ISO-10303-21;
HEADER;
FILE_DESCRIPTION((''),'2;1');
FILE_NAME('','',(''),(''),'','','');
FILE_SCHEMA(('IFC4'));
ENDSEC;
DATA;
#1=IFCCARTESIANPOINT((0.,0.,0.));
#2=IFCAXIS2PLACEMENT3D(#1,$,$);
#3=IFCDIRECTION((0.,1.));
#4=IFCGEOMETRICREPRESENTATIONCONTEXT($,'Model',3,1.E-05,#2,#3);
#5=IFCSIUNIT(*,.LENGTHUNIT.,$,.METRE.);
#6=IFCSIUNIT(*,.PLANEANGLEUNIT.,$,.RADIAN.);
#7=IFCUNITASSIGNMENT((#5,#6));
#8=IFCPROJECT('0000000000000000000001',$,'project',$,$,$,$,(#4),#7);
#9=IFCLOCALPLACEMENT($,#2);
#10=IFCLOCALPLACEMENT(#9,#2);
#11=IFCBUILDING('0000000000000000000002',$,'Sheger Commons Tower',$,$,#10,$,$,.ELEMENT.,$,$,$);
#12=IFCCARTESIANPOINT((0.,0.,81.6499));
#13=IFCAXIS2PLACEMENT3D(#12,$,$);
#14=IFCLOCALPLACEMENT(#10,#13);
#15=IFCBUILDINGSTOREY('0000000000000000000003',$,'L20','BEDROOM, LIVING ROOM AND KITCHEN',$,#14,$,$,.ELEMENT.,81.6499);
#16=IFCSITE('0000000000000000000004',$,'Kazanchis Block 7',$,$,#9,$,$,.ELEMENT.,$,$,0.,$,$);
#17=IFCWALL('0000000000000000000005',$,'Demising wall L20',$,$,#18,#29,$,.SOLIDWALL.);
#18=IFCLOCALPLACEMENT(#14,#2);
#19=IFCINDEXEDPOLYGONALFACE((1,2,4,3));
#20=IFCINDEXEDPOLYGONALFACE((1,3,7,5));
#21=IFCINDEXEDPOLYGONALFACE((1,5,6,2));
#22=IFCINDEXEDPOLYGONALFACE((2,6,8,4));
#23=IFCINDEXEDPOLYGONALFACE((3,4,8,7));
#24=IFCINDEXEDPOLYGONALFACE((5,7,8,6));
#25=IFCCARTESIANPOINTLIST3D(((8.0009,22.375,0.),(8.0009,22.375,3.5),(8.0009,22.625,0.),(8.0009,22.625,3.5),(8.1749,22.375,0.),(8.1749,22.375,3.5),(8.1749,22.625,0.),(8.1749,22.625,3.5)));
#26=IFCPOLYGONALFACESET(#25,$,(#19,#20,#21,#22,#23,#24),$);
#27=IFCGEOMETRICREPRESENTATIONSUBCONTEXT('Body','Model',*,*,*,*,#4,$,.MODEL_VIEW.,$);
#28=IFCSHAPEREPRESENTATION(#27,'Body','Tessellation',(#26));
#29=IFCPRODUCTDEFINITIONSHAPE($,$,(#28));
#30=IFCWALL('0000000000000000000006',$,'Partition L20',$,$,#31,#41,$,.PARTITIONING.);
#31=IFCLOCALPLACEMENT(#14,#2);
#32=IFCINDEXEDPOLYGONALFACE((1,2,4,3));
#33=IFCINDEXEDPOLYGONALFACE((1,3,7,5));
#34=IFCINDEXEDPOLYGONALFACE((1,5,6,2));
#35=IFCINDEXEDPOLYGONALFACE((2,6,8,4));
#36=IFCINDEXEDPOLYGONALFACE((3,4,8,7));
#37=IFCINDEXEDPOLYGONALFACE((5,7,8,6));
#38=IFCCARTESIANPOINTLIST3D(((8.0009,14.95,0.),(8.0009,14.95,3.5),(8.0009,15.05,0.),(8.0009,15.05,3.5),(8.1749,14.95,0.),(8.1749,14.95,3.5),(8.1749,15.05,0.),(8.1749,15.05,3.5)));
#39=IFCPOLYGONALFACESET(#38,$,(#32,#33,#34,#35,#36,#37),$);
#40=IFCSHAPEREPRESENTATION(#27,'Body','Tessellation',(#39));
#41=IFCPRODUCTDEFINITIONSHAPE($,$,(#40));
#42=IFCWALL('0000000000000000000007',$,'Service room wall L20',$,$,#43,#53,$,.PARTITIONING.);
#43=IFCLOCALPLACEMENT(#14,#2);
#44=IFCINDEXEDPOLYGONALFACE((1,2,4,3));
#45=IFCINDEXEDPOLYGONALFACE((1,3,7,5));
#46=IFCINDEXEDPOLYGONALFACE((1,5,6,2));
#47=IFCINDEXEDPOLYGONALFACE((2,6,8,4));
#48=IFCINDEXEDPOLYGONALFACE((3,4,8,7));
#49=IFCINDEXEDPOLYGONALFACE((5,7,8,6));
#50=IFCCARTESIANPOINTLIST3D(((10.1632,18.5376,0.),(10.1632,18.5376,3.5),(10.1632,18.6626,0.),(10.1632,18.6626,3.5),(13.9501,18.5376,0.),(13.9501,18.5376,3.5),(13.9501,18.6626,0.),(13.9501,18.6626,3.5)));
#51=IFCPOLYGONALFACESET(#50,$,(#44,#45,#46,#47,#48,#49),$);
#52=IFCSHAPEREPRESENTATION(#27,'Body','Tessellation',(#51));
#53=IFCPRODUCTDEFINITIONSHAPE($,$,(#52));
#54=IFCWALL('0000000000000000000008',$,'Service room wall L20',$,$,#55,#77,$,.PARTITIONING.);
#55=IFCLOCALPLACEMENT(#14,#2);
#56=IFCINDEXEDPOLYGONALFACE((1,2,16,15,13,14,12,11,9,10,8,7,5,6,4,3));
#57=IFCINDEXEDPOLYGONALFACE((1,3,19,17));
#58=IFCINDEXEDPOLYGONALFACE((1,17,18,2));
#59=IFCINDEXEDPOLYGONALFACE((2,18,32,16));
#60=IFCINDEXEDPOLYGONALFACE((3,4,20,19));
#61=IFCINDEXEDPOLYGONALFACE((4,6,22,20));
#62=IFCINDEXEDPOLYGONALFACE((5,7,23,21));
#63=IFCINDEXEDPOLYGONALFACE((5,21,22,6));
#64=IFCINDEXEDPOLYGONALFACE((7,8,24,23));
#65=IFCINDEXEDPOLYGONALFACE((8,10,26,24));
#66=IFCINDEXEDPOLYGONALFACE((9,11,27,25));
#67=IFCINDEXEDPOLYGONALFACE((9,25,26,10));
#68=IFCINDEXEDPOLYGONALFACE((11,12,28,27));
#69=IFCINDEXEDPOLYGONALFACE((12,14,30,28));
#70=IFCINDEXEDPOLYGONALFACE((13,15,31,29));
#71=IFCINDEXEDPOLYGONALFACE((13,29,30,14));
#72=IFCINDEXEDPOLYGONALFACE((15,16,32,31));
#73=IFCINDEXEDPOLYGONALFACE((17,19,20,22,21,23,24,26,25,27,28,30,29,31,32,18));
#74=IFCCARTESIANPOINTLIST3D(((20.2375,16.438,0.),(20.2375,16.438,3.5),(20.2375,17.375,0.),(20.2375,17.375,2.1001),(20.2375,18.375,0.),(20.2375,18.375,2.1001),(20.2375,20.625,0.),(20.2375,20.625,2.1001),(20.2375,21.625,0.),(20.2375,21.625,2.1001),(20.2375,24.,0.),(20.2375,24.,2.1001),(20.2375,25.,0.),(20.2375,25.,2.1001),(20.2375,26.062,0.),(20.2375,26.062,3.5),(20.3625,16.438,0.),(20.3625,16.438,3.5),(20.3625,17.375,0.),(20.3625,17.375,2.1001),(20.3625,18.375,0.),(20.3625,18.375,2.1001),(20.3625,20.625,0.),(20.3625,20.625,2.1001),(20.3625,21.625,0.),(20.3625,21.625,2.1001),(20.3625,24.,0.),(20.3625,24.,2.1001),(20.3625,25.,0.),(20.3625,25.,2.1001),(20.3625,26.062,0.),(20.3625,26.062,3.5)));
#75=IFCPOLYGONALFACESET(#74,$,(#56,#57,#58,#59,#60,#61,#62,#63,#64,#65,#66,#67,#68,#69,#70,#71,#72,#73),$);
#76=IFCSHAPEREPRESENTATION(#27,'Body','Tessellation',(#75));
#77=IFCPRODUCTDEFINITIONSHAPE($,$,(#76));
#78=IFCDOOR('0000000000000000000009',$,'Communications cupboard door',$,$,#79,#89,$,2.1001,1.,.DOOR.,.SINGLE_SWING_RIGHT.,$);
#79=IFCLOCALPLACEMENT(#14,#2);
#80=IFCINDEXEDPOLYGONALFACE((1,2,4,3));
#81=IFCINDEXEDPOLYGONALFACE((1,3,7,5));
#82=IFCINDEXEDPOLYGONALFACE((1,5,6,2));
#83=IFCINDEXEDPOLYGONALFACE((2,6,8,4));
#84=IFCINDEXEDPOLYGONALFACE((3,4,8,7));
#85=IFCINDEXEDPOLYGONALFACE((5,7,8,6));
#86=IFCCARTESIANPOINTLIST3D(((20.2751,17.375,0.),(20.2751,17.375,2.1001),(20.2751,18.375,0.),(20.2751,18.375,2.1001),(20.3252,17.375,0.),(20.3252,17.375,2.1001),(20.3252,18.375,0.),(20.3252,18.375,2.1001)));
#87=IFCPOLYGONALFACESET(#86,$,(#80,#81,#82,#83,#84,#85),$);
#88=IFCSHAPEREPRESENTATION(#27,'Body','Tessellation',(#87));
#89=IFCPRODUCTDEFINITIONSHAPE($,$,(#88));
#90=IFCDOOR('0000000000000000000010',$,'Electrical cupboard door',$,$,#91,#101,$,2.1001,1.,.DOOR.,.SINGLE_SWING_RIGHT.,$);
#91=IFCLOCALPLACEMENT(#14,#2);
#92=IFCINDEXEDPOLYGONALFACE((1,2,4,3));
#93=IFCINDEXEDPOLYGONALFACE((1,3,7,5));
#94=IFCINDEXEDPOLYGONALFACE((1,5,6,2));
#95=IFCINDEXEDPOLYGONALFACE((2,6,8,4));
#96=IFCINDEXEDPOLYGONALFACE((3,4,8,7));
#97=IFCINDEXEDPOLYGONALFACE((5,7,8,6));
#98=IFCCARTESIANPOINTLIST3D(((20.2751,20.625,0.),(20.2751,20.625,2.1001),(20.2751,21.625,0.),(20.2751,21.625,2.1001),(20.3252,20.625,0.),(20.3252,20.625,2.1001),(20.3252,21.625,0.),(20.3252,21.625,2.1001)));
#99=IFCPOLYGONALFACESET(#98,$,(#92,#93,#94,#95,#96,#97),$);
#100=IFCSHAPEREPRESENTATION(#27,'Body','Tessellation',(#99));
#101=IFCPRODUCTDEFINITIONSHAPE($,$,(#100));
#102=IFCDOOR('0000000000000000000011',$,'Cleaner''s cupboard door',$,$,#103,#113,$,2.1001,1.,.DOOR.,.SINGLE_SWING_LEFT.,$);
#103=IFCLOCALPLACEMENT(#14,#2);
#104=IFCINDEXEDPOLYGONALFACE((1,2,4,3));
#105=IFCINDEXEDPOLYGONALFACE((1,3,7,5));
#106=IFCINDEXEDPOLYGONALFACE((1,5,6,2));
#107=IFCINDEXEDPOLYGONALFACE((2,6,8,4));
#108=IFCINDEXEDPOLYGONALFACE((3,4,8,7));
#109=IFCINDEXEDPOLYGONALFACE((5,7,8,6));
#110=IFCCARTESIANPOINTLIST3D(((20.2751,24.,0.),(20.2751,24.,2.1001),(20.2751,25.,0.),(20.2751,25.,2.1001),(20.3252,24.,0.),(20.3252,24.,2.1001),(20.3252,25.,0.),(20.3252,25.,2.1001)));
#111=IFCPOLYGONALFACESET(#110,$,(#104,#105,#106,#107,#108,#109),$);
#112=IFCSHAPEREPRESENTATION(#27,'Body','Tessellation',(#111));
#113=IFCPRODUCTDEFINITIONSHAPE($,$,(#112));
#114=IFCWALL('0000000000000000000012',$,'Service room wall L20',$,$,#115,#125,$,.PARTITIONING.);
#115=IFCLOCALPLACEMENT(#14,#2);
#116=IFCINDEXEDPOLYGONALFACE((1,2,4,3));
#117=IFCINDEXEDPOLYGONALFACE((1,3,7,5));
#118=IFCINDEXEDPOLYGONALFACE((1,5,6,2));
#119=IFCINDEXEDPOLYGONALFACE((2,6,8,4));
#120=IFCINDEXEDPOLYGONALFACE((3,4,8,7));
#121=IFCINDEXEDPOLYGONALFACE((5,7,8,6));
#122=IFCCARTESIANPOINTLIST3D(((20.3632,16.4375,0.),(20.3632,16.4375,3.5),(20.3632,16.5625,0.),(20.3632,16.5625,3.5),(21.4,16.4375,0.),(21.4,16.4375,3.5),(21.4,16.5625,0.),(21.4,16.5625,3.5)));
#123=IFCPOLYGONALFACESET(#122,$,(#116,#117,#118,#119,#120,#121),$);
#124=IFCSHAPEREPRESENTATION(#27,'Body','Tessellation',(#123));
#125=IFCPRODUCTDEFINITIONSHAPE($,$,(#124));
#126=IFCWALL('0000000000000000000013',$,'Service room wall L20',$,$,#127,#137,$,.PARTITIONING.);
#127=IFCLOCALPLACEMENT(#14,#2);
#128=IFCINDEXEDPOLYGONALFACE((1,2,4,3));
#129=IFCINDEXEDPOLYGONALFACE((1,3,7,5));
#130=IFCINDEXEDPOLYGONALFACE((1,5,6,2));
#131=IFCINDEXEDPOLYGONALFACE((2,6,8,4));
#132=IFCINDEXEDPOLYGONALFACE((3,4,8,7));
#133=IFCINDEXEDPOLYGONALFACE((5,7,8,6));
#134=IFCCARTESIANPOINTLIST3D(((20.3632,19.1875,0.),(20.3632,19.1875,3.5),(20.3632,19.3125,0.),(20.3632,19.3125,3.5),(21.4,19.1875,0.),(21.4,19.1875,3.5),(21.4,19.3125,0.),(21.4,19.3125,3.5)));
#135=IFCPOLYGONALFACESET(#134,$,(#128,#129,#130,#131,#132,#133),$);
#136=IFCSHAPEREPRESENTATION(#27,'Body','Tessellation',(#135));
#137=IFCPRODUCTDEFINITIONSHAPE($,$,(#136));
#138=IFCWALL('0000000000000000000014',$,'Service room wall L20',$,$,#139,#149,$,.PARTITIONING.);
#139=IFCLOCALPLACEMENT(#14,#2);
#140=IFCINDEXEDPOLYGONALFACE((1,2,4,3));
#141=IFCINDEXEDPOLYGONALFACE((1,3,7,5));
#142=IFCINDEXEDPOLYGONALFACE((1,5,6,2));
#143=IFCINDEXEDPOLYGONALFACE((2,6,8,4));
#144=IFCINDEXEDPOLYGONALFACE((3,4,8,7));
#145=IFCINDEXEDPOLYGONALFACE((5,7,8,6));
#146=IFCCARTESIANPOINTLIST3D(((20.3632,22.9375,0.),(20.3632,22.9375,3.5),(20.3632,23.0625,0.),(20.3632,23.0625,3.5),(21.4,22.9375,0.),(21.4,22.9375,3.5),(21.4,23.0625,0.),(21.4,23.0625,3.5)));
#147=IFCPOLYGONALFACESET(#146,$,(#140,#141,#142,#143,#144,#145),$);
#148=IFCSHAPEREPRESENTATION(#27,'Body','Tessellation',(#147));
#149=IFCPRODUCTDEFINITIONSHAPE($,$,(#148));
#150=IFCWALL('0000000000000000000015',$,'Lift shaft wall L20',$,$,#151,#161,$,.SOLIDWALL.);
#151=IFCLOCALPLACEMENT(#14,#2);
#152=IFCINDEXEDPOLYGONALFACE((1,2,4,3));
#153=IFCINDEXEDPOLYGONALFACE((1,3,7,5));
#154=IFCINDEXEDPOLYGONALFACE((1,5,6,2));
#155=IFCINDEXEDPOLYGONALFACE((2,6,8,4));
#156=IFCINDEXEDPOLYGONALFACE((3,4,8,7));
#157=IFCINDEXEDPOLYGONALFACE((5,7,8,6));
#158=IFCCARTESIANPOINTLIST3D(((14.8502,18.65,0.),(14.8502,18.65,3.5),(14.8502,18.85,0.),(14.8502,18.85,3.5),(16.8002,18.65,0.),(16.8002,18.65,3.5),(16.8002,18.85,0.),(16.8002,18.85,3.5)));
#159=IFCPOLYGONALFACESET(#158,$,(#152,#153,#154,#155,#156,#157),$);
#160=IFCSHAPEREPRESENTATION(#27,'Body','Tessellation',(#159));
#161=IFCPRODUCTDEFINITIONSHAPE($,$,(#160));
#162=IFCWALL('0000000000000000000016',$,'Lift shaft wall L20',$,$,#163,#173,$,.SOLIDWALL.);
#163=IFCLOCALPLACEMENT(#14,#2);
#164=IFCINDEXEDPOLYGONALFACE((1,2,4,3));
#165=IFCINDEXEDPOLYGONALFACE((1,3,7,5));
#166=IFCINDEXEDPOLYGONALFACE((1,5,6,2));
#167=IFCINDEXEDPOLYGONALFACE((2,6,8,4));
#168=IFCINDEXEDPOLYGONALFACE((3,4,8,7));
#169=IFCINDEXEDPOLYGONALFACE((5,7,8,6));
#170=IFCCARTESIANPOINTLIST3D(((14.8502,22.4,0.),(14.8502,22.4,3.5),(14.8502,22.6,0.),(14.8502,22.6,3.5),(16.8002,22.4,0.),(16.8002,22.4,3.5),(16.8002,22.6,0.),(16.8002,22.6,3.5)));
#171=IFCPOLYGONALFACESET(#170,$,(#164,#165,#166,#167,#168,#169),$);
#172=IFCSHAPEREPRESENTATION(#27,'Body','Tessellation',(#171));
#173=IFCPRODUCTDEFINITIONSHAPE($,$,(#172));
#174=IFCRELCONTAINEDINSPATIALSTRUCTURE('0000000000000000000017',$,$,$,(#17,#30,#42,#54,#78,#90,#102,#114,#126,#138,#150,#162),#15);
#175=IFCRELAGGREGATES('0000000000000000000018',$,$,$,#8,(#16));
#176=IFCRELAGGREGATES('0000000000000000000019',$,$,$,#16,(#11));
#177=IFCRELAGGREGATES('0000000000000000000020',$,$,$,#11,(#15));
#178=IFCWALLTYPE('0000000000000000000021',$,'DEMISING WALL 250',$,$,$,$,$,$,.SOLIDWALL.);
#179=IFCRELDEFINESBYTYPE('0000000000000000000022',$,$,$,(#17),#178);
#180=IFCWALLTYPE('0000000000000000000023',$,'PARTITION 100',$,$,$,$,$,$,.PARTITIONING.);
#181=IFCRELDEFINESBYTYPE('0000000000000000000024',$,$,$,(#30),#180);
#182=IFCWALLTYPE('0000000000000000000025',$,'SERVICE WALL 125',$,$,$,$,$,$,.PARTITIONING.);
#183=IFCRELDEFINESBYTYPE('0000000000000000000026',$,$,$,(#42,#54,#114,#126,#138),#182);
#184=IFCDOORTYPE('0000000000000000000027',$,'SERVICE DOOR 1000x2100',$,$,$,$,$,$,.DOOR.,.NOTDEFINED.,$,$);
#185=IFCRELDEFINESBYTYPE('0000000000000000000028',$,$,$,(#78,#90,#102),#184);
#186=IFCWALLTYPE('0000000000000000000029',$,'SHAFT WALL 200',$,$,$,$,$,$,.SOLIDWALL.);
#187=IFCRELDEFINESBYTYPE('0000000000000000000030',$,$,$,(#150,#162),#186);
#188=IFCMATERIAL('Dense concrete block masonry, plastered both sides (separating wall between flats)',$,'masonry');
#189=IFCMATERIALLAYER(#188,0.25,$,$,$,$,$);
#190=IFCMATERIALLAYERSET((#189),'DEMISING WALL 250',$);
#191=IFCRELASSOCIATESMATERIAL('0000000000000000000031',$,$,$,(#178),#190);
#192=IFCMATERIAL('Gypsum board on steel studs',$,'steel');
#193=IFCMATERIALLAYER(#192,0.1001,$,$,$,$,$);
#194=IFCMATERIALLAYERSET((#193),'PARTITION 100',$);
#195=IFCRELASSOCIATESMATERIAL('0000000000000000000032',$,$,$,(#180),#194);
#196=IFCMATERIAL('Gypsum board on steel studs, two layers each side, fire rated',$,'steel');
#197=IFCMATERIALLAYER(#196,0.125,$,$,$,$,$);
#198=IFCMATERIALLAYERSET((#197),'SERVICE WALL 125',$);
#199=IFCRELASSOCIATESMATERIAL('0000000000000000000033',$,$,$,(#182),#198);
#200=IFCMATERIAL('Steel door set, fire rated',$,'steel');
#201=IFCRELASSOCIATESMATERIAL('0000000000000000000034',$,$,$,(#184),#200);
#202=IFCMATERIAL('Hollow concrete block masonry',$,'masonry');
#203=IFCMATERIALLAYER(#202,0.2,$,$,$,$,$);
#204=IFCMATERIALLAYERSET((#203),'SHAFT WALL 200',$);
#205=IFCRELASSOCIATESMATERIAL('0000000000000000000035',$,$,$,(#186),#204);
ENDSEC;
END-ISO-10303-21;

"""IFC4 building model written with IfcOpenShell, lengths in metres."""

from ifc_helpers import new_model, si_unit, direction, frame, frame_2d, origin, place, context, subcontext, project, spatial, rectangle, extrude, material, layer, layer_set, type_object, element, fill, save


model = new_model("IFC4")

# Units and contexts
model_context = context("Model", 3, precision=1e-05, world=origin(), true_north=direction((0.0, 1.0)))
body_context = subcontext(model_context, "Body", "Model", "MODEL_VIEW")
ifc_project = project(units=[si_unit("LENGTHUNIT", "METRE"), si_unit("PLANEANGLEUNIT", "RADIAN")], contexts=[model_context])

# Site, building, storey
site_placement = place(None, origin())
site = spatial("IfcSite", under=ifc_project, at=site_placement, Name="Kazanchis Block 7", CompositionType="ELEMENT", RefElevation=0.0)
building_placement = place(site_placement, origin())
building = spatial("IfcBuilding", under=site, at=building_placement, Name="Sheger Commons Tower", CompositionType="ELEMENT")
storey_placement = place(building_placement, frame((0.0, 0.0, 81.6499)))
storey = spatial("IfcBuildingStorey", under=building, at=storey_placement, Name="L20", Description="BEDROOM, LIVING ROOM AND KITCHEN", CompositionType="ELEMENT", Elevation=81.6499)

# Walls
ifc_material_1 = material(Name="Dense concrete block masonry, plastered both sides (separating wall between flats)", Category="masonry")
ifc_layer_1 = layer(ifc_material_1, 0.25)
ifc_layer_set_1 = layer_set([ifc_layer_1], Name="DEMISING WALL 250")
wall_type_1 = type_object("IfcWallType", Name="DEMISING WALL 250", PredefinedType="SOLIDWALL", material=ifc_layer_set_1)
wall_1_placement = place(storey_placement, frame((8.001, 22.5, 0.0), z_axis=(0.0, 0.0, 1.0), x_axis=(1.0, 0.0, 0.0)))
element("IfcWall", 1, at=wall_1_placement, inside=storey, type_object=wall_type_1, Name="Demising wall L20", PredefinedType="SOLIDWALL", context=body_context, shape_type="SweptSolid", body=[
    extrude(rectangle(XDim=0.1741, YDim=0.25, at=frame_2d((0.0869, 0.0))), origin(), (0.0, 0.0, 1.0), 3.5),
])
ifc_material_2 = material(Name="Gypsum board on steel studs", Category="steel")
ifc_layer_2 = layer(ifc_material_2, 0.1001)
ifc_layer_set_2 = layer_set([ifc_layer_2], Name="PARTITION 100")
wall_type_2 = type_object("IfcWallType", Name="PARTITION 100", PredefinedType="PARTITIONING", material=ifc_layer_set_2)
wall_2_placement = place(storey_placement, frame((8.001, 15.0, 0.0), z_axis=(0.0, 0.0, 1.0), x_axis=(1.0, 0.0, 0.0)))
element("IfcWall", 2, at=wall_2_placement, inside=storey, type_object=wall_type_2, Name="Partition L20", PredefinedType="PARTITIONING", context=body_context, shape_type="SweptSolid", body=[
    extrude(rectangle(XDim=0.1741, YDim=0.1001, at=frame_2d((0.0869, 0.0))), origin(), (0.0, 0.0, 1.0), 3.5),
])
ifc_material_3 = material(Name="Gypsum board on steel studs, two layers each side, fire rated", Category="steel")
ifc_layer_3 = layer(ifc_material_3, 0.125)
ifc_layer_set_3 = layer_set([ifc_layer_3], Name="SERVICE WALL 125")
wall_type_3 = type_object("IfcWallType", Name="SERVICE WALL 125", PredefinedType="PARTITIONING", material=ifc_layer_set_3)
wall_3_placement = place(storey_placement, frame((10.1631, 18.6001, 0.0), z_axis=(0.0, 0.0, 1.0), x_axis=(1.0, 0.0, 0.0)))
element("IfcWall", 3, at=wall_3_placement, inside=storey, type_object=wall_type_3, Name="Service room wall L20", PredefinedType="PARTITIONING", context=body_context, shape_type="SweptSolid", body=[
    extrude(rectangle(XDim=3.7869, YDim=0.125, at=frame_2d((1.8936, 0.0))), origin(), (0.0, 0.0, 1.0), 3.5),
])

# Wall, openings, doors
wall_4_placement = place(storey_placement, frame((20.3, 16.438, 0.0), z_axis=(0.0, 0.0, 1.0), x_axis=(0.0, 1.0, 0.0)))
wall_4 = element("IfcWall", 4, at=wall_4_placement, inside=storey, type_object=wall_type_3, Name="Service room wall L20", PredefinedType="PARTITIONING", context=body_context, shape_type="SweptSolid", body=[
    extrude(rectangle(XDim=9.624, YDim=0.125, at=frame_2d((4.812, 0.0))), origin(), (0.0, 0.0, 1.0), 3.5),
])
opening_1_placement = place(wall_4_placement, frame((0.937, 0.0, 0.0)))
opening_1 = element("IfcOpeningElement", 5, at=opening_1_placement, cuts=wall_4, PredefinedType="OPENING", context=body_context, shape_type="SweptSolid", body=[
    extrude(rectangle(XDim=1.0, YDim=2.1001, at=frame_2d((0.5, 1.05))), frame((0.0, 0.0725, 0.0), z_axis=(0.0, -1.0, 0.0), x_axis=(1.0, 0.0, 0.0)), (0.0, 0.0, 1.0), 0.145),
])
opening_2_placement = place(wall_4_placement, frame((4.187, 0.0, 0.0)))
opening_2 = element("IfcOpeningElement", 6, at=opening_2_placement, cuts=wall_4, PredefinedType="OPENING", context=body_context, shape_type="SweptSolid", body=[
    extrude(rectangle(XDim=1.0, YDim=2.1001, at=frame_2d((0.5, 1.05))), frame((0.0, 0.0725, 0.0), z_axis=(0.0, -1.0, 0.0), x_axis=(1.0, 0.0, 0.0)), (0.0, 0.0, 1.0), 0.145),
])
opening_3_placement = place(wall_4_placement, frame((7.562, 0.0, 0.0)))
opening_3 = element("IfcOpeningElement", 7, at=opening_3_placement, cuts=wall_4, PredefinedType="OPENING", context=body_context, shape_type="SweptSolid", body=[
    extrude(rectangle(XDim=1.0, YDim=2.1001, at=frame_2d((0.5, 1.05))), frame((0.0, 0.0725, 0.0), z_axis=(0.0, -1.0, 0.0), x_axis=(1.0, 0.0, 0.0)), (0.0, 0.0, 1.0), 0.145),
])
ifc_material_4 = material(Name="Steel door set, fire rated", Category="steel")
door_type_1 = type_object("IfcDoorType", Name="SERVICE DOOR 1000x2100", OperationType="NOTDEFINED", PredefinedType="DOOR", material=ifc_material_4)
door_1_placement = place(opening_1_placement, origin())
door_1 = element("IfcDoor", 8, at=door_1_placement, inside=storey, type_object=door_type_1, Name="Communications cupboard door", OperationType="SINGLE_SWING_RIGHT", OverallHeight=2.1001, OverallWidth=1.0, PredefinedType="DOOR", context=body_context, shape_type="SweptSolid", body=[
    extrude(rectangle(XDim=1.0, YDim=2.1001, at=frame_2d((0.5, 1.05))), frame((0.0, 0.0249, 0.0), z_axis=(0.0, -1.0, 0.0), x_axis=(1.0, 0.0, 0.0)), (0.0, 0.0, 1.0), 0.05),
])
fill(opening_1, door_1)
door_2_placement = place(opening_2_placement, origin())
door_2 = element("IfcDoor", 9, at=door_2_placement, inside=storey, type_object=door_type_1, Name="Electrical cupboard door", OperationType="SINGLE_SWING_RIGHT", OverallHeight=2.1001, OverallWidth=1.0, PredefinedType="DOOR", context=body_context, shape_type="SweptSolid", body=[
    extrude(rectangle(XDim=1.0, YDim=2.1001, at=frame_2d((0.5, 1.05))), frame((0.0, 0.0249, 0.0), z_axis=(0.0, -1.0, 0.0), x_axis=(1.0, 0.0, 0.0)), (0.0, 0.0, 1.0), 0.05),
])
fill(opening_2, door_2)
door_3_placement = place(opening_3_placement, origin())
door_3 = element("IfcDoor", 10, at=door_3_placement, inside=storey, type_object=door_type_1, Name="Cleaner's cupboard door", OperationType="SINGLE_SWING_LEFT", OverallHeight=2.1001, OverallWidth=1.0, PredefinedType="DOOR", context=body_context, shape_type="SweptSolid", body=[
    extrude(rectangle(XDim=1.0, YDim=2.1001, at=frame_2d((0.5, 1.05))), frame((0.0, 0.0249, 0.0), z_axis=(0.0, -1.0, 0.0), x_axis=(1.0, 0.0, 0.0)), (0.0, 0.0, 1.0), 0.05),
])
fill(opening_3, door_3)

# Walls
for number, where, z_axis, x_axis, name in (
    (11, (20.363, 16.5, 0.0), (0.0, 0.0, 1.0), (1.0, 0.0, 0.0), "Service room wall L20"),
    (12, (20.363, 19.25, 0.0), (0.0, 0.0, 1.0), (1.0, 0.0, 0.0), "Service room wall L20"),
    (13, (20.363, 23.0, 0.0), (0.0, 0.0, 1.0), (1.0, 0.0, 0.0), "Service room wall L20"),
):
    element("IfcWall", number, at=place(storey_placement, frame(where, z_axis=z_axis, x_axis=x_axis)), inside=storey, type_object=wall_type_3, Name=name, PredefinedType="PARTITIONING", context=body_context, shape_type="SweptSolid", body=[
        extrude(rectangle(XDim=1.0369, YDim=0.125, at=frame_2d((0.5186, 0.0))), origin(), (0.0, 0.0, 1.0), 3.5),
    ])
ifc_material_5 = material(Name="Hollow concrete block masonry", Category="masonry")
ifc_layer_4 = layer(ifc_material_5, 0.2)
ifc_layer_set_4 = layer_set([ifc_layer_4], Name="SHAFT WALL 200")
wall_type_4 = type_object("IfcWallType", Name="SHAFT WALL 200", PredefinedType="SOLIDWALL", material=ifc_layer_set_4)
for number, where, z_axis, x_axis, name in (
    (14, (14.8501, 18.75, 0.0), (0.0, 0.0, 1.0), (1.0, 0.0, 0.0), "Lift shaft wall L20"),
    (15, (14.8501, 22.5, 0.0), (0.0, 0.0, 1.0), (1.0, 0.0, 0.0), "Lift shaft wall L20"),
):
    element("IfcWall", number, at=place(storey_placement, frame(where, z_axis=z_axis, x_axis=x_axis)), inside=storey, type_object=wall_type_4, Name=name, PredefinedType="SOLIDWALL", context=body_context, shape_type="SweptSolid", body=[
        extrude(rectangle(XDim=1.95, YDim=0.2, at=frame_2d((0.9751, 0.0))), origin(), (0.0, 0.0, 1.0), 3.5),
    ])

save(model, "model.ifc")
